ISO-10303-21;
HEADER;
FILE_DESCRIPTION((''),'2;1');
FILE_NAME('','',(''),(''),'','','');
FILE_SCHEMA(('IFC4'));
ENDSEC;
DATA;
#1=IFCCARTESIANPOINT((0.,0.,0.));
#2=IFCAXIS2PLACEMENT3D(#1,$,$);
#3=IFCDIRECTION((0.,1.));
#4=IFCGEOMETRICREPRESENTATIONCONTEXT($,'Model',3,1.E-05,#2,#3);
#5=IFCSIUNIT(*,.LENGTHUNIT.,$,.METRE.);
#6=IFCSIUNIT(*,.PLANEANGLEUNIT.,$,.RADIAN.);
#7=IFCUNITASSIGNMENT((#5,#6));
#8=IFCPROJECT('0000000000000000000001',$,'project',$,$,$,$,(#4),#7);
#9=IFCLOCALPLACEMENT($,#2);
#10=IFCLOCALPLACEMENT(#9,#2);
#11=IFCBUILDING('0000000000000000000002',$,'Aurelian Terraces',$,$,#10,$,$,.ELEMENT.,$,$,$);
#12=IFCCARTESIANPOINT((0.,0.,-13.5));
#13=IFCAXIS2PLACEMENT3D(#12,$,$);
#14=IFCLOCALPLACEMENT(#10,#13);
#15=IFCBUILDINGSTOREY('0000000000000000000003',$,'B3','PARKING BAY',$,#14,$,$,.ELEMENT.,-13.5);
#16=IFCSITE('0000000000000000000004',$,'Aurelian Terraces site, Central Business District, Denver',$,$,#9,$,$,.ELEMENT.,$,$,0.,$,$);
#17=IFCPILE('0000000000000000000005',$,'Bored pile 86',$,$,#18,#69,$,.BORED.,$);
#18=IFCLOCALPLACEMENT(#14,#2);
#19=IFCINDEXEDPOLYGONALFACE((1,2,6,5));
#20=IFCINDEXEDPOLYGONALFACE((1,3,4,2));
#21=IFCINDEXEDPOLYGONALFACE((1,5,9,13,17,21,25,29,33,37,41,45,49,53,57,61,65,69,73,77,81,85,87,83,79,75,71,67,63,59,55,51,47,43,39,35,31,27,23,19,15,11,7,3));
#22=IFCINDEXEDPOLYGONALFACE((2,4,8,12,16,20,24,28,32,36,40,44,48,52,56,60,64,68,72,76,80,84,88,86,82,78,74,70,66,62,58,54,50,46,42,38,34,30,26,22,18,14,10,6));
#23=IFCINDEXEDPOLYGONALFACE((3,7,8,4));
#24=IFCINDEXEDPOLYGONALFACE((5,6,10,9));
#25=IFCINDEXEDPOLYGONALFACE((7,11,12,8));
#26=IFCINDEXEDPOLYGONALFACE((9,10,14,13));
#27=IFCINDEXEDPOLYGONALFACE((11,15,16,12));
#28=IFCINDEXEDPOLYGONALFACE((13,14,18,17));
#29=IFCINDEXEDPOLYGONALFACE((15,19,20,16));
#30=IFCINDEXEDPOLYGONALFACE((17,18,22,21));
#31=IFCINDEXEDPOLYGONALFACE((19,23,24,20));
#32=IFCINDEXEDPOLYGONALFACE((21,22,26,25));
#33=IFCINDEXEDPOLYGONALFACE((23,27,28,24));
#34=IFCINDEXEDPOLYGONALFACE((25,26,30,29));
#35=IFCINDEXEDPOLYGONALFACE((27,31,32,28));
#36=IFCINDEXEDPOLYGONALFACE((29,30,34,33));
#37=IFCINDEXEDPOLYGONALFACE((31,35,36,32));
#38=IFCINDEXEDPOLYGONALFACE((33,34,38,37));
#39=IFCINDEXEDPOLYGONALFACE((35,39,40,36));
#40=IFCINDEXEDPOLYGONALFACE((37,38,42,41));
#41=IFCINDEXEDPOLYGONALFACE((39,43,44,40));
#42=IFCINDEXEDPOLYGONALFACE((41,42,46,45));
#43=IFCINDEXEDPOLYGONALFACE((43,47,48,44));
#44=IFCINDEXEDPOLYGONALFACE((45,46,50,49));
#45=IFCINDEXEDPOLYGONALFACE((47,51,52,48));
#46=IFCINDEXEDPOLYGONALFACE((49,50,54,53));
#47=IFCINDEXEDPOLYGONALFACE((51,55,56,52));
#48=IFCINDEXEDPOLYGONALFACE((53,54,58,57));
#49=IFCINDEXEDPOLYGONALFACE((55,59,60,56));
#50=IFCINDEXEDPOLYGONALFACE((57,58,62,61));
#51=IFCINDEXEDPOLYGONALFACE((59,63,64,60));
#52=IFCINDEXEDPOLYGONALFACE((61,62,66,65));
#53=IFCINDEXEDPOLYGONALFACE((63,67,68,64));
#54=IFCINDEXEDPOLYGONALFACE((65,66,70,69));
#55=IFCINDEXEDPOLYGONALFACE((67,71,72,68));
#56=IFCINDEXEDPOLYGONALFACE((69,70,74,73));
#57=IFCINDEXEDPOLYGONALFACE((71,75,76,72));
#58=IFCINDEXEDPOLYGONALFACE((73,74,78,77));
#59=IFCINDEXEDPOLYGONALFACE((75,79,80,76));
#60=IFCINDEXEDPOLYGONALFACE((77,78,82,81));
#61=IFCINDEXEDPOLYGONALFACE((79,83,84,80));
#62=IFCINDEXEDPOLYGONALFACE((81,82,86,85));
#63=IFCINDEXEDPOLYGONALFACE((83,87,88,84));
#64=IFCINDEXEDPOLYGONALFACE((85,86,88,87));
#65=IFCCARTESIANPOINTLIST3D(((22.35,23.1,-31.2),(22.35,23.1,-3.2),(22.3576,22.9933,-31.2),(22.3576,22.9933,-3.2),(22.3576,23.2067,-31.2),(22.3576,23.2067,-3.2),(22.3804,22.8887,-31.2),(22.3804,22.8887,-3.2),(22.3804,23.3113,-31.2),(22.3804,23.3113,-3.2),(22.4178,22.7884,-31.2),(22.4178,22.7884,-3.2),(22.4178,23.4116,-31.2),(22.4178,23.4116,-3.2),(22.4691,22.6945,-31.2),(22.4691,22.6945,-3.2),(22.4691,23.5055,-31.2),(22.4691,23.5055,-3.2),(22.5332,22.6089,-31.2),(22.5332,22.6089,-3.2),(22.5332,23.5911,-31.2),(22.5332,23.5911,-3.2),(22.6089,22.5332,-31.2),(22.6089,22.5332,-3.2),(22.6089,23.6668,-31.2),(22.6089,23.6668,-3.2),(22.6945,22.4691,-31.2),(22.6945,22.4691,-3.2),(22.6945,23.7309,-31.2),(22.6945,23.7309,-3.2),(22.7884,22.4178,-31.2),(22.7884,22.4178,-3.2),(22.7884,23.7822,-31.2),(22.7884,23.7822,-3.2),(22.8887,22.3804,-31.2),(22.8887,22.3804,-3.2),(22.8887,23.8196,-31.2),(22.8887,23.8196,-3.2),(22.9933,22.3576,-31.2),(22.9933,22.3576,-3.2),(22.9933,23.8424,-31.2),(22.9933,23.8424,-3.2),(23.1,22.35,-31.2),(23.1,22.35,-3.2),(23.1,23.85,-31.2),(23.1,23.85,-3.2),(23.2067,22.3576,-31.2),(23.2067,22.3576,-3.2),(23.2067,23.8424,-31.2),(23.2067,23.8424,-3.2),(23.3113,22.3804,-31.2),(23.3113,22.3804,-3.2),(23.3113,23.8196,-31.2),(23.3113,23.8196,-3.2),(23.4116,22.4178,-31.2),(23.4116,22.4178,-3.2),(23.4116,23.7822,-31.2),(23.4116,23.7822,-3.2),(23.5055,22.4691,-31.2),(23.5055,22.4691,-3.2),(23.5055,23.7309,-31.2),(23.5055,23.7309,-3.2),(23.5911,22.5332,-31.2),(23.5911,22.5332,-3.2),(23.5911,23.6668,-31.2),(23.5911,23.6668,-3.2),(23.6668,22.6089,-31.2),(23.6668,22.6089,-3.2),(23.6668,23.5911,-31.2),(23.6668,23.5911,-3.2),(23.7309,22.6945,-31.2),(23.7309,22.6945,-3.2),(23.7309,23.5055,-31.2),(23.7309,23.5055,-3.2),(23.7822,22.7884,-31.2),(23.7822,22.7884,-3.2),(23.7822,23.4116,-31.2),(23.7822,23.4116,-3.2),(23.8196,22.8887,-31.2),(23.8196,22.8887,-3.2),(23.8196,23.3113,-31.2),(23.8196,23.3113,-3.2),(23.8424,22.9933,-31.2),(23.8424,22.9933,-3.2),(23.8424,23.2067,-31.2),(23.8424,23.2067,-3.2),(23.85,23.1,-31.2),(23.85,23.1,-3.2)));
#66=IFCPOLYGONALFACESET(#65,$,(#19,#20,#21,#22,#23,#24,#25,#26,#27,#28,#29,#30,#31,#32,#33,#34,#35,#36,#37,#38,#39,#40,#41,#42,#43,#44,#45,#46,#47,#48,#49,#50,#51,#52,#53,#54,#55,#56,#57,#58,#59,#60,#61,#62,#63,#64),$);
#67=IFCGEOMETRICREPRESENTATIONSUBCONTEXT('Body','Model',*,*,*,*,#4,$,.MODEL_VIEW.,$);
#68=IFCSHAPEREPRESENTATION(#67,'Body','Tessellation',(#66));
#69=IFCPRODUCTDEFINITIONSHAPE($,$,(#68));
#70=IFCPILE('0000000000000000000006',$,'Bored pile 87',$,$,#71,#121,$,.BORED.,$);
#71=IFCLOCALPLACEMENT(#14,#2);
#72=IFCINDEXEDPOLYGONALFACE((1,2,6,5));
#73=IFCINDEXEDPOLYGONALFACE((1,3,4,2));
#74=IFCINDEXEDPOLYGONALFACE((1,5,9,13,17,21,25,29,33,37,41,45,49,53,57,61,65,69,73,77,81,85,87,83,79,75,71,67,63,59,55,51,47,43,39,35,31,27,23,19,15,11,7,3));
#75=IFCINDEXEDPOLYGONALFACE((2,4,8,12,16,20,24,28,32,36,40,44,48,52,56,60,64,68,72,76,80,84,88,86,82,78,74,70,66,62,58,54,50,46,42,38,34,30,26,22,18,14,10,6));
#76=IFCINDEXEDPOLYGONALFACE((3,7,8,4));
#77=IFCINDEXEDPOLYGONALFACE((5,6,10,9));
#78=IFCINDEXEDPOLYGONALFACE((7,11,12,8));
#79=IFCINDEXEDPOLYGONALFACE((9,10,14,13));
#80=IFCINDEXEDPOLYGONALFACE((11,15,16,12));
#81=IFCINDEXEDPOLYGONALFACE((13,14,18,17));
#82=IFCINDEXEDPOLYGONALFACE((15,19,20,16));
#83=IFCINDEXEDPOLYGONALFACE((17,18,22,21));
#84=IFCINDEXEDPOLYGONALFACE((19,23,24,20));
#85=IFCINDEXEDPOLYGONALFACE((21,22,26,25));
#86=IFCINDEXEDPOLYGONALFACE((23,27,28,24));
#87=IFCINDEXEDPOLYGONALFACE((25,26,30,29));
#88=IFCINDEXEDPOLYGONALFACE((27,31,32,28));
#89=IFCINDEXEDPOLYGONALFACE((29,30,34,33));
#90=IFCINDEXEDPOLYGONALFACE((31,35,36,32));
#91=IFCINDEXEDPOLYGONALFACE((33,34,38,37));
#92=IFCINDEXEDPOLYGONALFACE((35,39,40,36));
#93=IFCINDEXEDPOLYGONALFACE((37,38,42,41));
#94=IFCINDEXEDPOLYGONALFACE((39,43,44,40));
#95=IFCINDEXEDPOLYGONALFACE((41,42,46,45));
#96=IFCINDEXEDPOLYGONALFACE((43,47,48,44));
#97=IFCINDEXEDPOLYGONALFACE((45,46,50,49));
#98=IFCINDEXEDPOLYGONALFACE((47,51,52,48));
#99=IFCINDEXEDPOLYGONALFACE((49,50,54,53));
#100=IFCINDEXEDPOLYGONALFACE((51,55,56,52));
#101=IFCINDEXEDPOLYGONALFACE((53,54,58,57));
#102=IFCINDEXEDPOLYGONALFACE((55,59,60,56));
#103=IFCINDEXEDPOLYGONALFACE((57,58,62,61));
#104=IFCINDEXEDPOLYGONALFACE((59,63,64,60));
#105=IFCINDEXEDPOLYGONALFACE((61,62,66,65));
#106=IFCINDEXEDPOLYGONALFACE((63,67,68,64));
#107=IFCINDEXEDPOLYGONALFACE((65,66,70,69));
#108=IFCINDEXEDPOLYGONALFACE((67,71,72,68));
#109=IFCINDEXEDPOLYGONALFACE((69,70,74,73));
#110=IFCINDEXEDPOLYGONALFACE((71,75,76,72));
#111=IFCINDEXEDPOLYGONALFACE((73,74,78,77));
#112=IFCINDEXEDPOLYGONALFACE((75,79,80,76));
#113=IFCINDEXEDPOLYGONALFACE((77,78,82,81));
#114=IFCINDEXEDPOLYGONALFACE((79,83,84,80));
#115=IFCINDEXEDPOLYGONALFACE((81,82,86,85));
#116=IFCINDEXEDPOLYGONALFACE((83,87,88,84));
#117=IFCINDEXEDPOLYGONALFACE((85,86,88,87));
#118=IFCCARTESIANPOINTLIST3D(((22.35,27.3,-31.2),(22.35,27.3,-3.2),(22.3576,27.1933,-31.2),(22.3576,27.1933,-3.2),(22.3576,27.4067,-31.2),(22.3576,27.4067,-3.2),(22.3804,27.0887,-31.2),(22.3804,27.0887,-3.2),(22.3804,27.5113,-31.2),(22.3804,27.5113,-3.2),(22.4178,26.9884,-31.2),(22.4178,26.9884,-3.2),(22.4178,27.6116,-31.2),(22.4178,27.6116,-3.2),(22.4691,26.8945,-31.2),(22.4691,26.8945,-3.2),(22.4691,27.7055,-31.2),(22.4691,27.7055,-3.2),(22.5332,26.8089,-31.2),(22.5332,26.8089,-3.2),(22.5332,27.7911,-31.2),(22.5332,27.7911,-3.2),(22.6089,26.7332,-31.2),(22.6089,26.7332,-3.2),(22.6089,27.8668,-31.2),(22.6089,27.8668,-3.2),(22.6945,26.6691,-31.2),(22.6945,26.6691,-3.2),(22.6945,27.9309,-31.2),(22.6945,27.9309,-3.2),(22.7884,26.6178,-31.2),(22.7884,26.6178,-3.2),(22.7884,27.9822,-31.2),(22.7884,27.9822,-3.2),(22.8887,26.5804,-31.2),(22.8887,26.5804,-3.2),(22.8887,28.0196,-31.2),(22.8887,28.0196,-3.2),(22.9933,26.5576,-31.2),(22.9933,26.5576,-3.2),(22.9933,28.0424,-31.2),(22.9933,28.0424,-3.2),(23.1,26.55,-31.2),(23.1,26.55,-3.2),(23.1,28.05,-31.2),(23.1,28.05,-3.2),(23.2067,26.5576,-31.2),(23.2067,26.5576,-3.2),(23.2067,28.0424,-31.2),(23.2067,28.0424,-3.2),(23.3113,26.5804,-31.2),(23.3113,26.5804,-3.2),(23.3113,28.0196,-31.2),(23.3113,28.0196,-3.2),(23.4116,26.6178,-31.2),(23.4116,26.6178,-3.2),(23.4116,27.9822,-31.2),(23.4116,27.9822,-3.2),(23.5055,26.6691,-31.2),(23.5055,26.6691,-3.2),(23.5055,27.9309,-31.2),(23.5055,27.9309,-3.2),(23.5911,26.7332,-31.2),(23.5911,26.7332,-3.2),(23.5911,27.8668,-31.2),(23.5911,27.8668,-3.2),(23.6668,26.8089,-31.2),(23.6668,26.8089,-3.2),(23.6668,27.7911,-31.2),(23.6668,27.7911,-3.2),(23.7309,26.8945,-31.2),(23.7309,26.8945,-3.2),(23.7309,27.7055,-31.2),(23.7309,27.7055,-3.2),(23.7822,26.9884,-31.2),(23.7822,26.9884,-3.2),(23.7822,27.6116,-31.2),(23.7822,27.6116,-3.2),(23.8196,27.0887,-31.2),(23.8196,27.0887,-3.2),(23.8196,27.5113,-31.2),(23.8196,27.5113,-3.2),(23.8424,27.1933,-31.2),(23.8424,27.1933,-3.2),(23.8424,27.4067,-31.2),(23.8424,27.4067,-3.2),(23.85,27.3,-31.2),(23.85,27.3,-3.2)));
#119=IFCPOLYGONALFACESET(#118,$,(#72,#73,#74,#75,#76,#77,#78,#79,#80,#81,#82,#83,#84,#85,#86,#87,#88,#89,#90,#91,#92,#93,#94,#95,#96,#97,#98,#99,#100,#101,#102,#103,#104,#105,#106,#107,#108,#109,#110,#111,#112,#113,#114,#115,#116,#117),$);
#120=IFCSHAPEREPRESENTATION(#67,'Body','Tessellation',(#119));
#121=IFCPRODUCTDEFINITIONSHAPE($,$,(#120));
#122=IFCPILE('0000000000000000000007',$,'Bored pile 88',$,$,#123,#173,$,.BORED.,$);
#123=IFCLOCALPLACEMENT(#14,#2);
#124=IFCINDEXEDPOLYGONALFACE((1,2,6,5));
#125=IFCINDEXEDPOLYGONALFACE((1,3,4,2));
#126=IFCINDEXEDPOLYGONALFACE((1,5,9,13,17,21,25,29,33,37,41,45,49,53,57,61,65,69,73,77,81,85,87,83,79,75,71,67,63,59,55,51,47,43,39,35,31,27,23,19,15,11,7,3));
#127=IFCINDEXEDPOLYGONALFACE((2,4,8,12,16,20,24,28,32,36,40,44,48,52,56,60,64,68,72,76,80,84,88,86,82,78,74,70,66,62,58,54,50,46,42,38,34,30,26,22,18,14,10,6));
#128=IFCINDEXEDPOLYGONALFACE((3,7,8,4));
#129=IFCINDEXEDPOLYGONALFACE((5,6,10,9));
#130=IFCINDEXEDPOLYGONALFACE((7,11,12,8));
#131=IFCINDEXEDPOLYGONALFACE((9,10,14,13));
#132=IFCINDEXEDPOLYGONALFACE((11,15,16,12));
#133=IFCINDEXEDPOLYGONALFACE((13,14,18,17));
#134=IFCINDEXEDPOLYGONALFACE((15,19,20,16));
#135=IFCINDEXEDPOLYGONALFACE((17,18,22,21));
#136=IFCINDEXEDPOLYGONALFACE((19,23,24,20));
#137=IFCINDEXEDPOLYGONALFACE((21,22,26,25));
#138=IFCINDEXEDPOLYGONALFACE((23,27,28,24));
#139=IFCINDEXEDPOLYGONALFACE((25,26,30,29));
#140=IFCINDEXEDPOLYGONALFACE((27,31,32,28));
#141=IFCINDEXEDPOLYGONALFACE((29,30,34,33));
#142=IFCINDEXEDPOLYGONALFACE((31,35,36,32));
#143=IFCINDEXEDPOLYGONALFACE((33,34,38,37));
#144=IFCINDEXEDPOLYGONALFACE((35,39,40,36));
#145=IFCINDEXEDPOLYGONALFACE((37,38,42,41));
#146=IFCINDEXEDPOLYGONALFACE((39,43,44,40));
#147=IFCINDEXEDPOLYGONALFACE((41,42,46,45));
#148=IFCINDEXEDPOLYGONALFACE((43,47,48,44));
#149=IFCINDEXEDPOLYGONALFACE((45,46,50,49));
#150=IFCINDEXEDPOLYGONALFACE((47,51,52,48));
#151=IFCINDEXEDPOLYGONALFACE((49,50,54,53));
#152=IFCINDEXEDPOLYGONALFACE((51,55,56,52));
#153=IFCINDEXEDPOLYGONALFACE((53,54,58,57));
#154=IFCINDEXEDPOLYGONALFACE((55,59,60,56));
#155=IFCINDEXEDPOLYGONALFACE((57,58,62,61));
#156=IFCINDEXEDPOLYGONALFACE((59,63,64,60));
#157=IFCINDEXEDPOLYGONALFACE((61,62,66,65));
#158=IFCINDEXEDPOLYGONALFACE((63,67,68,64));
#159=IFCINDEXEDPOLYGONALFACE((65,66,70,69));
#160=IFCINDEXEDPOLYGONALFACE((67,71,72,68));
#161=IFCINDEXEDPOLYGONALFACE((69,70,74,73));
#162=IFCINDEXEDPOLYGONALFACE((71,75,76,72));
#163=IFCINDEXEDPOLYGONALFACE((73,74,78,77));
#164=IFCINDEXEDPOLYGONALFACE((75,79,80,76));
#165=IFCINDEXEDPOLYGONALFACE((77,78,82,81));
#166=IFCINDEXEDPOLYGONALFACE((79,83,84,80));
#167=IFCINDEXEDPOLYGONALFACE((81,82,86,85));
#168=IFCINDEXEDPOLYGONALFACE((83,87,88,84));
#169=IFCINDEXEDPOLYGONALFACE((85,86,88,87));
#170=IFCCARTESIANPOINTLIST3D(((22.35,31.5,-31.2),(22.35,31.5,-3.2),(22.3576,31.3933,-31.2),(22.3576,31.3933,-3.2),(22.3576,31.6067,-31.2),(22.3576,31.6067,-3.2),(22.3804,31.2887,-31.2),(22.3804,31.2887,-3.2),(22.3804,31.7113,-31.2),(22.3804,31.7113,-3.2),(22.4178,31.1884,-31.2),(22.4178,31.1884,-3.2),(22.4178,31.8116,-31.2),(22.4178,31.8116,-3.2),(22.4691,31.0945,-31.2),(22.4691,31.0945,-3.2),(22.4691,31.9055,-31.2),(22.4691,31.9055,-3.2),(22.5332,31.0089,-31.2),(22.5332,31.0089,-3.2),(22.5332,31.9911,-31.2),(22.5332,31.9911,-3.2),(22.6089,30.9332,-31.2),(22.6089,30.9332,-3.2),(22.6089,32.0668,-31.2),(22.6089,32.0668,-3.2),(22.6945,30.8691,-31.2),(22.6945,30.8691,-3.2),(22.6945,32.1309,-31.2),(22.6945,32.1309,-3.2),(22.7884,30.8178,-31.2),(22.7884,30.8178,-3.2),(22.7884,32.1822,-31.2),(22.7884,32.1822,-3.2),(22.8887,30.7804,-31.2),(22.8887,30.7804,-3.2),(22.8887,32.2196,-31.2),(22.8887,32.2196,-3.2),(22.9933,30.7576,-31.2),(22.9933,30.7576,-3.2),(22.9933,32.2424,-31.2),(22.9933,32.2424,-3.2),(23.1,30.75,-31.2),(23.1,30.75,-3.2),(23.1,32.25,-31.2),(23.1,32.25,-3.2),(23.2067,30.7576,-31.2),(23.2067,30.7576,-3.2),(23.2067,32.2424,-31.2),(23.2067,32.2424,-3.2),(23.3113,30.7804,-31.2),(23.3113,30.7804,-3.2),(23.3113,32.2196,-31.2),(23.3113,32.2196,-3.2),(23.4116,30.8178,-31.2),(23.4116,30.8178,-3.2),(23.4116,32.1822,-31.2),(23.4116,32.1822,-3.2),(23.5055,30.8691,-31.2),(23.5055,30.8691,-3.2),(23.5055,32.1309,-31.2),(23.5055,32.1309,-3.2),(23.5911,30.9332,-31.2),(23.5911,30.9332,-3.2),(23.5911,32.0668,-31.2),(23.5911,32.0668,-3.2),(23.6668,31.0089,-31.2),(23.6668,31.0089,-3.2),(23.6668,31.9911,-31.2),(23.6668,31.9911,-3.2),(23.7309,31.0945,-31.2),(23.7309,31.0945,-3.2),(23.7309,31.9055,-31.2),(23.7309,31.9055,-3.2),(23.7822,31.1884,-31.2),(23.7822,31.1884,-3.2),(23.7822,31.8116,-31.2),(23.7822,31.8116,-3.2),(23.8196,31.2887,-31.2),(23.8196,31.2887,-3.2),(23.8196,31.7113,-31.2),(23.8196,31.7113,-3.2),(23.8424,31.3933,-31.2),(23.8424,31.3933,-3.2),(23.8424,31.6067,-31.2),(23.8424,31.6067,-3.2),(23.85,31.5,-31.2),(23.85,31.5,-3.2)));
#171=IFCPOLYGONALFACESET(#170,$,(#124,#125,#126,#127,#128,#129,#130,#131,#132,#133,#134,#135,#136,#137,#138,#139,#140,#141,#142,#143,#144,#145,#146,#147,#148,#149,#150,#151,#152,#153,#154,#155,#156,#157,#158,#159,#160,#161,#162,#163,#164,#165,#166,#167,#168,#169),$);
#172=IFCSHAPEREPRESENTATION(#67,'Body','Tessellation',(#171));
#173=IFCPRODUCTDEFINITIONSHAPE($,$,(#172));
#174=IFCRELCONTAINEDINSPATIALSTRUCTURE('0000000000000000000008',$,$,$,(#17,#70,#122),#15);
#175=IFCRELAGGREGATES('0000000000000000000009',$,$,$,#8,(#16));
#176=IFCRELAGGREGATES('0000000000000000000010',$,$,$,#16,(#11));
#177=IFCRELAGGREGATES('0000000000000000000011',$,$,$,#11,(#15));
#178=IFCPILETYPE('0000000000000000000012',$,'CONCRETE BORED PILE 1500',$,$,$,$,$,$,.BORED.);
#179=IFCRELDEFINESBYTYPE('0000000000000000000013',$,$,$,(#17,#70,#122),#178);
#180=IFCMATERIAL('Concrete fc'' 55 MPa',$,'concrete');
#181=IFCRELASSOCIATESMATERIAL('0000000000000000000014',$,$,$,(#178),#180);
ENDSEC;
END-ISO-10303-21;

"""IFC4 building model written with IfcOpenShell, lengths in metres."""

from ifc_helpers import new_model, si_unit, direction, frame, origin, origin_2d, place, context, subcontext, project, spatial, circle, extrude, source, transform, mapped, material, material_profile, profile_set, type_object, element, save


model = new_model("IFC4")

# Units and contexts
model_context = context("Model", 3, precision=1e-05, world=origin(), true_north=direction((0.0, 1.0)))
body_context = subcontext(model_context, "Body", "Model", "MODEL_VIEW")
ifc_project = project(units=[si_unit("LENGTHUNIT", "METRE"), si_unit("PLANEANGLEUNIT", "RADIAN")], contexts=[model_context])

# Site, building, storey
site_placement = place(None, origin())
site = spatial("IfcSite", under=ifc_project, at=site_placement, Name="Aurelian Terraces site, Central Business District, Denver", CompositionType="ELEMENT", RefElevation=0.0)
building_placement = place(site_placement, origin())
building = spatial("IfcBuilding", under=site, at=building_placement, Name="Aurelian Terraces", CompositionType="ELEMENT")
storey_placement = place(building_placement, frame((0.0, 0.0, -13.5)))
storey = spatial("IfcBuildingStorey", under=building, at=storey_placement, Name="B3", Description="PARKING BAY", CompositionType="ELEMENT", Elevation=-13.5)

# Piles
ifc_material_1 = material(Name="Concrete fc' 55 MPa", Category="concrete")
ifc_material_profile_1 = material_profile(ifc_material_1, circle(Radius=0.75, at=origin_2d()))
ifc_profile_set_1 = profile_set([ifc_material_profile_1], Name="Concrete fc' 55 MPa")
pile_type = type_object("IfcPileType", Name="CONCRETE BORED PILE 1500", PredefinedType="BORED", material=ifc_profile_set_1)
shared_shape_1 = source(origin(), body_context, "Body", "SweptSolid", [
    extrude(circle(Radius=0.75, at=origin_2d()), origin(), (0.0, 0.0, 1.0), 28.0),
])
for number, where, z_axis, x_axis, name in (
    (1, (23.1, 23.1, -3.2), (0.0, 0.0, -1.0), (1.0, 0.0, 0.0), "Bored pile 86"),
    (2, (23.1, 27.3, -3.2), (0.0, 0.0, -1.0), (1.0, 0.0, 0.0), "Bored pile 87"),
    (3, (23.1, 31.5, -3.2), (0.0, 0.0, -1.0), (1.0, 0.0, 0.0), "Bored pile 88"),
):
    element("IfcPile", number, at=place(storey_placement, frame(where, z_axis=z_axis, x_axis=x_axis)), inside=storey, type_object=pile_type, Name=name, PredefinedType="BORED", context=body_context, shape_type="MappedRepresentation", body=[
        mapped(shared_shape_1, transform((0.0, 0.0, 0.0), scale=1.0)),
    ])

save(model, "model.ifc")
